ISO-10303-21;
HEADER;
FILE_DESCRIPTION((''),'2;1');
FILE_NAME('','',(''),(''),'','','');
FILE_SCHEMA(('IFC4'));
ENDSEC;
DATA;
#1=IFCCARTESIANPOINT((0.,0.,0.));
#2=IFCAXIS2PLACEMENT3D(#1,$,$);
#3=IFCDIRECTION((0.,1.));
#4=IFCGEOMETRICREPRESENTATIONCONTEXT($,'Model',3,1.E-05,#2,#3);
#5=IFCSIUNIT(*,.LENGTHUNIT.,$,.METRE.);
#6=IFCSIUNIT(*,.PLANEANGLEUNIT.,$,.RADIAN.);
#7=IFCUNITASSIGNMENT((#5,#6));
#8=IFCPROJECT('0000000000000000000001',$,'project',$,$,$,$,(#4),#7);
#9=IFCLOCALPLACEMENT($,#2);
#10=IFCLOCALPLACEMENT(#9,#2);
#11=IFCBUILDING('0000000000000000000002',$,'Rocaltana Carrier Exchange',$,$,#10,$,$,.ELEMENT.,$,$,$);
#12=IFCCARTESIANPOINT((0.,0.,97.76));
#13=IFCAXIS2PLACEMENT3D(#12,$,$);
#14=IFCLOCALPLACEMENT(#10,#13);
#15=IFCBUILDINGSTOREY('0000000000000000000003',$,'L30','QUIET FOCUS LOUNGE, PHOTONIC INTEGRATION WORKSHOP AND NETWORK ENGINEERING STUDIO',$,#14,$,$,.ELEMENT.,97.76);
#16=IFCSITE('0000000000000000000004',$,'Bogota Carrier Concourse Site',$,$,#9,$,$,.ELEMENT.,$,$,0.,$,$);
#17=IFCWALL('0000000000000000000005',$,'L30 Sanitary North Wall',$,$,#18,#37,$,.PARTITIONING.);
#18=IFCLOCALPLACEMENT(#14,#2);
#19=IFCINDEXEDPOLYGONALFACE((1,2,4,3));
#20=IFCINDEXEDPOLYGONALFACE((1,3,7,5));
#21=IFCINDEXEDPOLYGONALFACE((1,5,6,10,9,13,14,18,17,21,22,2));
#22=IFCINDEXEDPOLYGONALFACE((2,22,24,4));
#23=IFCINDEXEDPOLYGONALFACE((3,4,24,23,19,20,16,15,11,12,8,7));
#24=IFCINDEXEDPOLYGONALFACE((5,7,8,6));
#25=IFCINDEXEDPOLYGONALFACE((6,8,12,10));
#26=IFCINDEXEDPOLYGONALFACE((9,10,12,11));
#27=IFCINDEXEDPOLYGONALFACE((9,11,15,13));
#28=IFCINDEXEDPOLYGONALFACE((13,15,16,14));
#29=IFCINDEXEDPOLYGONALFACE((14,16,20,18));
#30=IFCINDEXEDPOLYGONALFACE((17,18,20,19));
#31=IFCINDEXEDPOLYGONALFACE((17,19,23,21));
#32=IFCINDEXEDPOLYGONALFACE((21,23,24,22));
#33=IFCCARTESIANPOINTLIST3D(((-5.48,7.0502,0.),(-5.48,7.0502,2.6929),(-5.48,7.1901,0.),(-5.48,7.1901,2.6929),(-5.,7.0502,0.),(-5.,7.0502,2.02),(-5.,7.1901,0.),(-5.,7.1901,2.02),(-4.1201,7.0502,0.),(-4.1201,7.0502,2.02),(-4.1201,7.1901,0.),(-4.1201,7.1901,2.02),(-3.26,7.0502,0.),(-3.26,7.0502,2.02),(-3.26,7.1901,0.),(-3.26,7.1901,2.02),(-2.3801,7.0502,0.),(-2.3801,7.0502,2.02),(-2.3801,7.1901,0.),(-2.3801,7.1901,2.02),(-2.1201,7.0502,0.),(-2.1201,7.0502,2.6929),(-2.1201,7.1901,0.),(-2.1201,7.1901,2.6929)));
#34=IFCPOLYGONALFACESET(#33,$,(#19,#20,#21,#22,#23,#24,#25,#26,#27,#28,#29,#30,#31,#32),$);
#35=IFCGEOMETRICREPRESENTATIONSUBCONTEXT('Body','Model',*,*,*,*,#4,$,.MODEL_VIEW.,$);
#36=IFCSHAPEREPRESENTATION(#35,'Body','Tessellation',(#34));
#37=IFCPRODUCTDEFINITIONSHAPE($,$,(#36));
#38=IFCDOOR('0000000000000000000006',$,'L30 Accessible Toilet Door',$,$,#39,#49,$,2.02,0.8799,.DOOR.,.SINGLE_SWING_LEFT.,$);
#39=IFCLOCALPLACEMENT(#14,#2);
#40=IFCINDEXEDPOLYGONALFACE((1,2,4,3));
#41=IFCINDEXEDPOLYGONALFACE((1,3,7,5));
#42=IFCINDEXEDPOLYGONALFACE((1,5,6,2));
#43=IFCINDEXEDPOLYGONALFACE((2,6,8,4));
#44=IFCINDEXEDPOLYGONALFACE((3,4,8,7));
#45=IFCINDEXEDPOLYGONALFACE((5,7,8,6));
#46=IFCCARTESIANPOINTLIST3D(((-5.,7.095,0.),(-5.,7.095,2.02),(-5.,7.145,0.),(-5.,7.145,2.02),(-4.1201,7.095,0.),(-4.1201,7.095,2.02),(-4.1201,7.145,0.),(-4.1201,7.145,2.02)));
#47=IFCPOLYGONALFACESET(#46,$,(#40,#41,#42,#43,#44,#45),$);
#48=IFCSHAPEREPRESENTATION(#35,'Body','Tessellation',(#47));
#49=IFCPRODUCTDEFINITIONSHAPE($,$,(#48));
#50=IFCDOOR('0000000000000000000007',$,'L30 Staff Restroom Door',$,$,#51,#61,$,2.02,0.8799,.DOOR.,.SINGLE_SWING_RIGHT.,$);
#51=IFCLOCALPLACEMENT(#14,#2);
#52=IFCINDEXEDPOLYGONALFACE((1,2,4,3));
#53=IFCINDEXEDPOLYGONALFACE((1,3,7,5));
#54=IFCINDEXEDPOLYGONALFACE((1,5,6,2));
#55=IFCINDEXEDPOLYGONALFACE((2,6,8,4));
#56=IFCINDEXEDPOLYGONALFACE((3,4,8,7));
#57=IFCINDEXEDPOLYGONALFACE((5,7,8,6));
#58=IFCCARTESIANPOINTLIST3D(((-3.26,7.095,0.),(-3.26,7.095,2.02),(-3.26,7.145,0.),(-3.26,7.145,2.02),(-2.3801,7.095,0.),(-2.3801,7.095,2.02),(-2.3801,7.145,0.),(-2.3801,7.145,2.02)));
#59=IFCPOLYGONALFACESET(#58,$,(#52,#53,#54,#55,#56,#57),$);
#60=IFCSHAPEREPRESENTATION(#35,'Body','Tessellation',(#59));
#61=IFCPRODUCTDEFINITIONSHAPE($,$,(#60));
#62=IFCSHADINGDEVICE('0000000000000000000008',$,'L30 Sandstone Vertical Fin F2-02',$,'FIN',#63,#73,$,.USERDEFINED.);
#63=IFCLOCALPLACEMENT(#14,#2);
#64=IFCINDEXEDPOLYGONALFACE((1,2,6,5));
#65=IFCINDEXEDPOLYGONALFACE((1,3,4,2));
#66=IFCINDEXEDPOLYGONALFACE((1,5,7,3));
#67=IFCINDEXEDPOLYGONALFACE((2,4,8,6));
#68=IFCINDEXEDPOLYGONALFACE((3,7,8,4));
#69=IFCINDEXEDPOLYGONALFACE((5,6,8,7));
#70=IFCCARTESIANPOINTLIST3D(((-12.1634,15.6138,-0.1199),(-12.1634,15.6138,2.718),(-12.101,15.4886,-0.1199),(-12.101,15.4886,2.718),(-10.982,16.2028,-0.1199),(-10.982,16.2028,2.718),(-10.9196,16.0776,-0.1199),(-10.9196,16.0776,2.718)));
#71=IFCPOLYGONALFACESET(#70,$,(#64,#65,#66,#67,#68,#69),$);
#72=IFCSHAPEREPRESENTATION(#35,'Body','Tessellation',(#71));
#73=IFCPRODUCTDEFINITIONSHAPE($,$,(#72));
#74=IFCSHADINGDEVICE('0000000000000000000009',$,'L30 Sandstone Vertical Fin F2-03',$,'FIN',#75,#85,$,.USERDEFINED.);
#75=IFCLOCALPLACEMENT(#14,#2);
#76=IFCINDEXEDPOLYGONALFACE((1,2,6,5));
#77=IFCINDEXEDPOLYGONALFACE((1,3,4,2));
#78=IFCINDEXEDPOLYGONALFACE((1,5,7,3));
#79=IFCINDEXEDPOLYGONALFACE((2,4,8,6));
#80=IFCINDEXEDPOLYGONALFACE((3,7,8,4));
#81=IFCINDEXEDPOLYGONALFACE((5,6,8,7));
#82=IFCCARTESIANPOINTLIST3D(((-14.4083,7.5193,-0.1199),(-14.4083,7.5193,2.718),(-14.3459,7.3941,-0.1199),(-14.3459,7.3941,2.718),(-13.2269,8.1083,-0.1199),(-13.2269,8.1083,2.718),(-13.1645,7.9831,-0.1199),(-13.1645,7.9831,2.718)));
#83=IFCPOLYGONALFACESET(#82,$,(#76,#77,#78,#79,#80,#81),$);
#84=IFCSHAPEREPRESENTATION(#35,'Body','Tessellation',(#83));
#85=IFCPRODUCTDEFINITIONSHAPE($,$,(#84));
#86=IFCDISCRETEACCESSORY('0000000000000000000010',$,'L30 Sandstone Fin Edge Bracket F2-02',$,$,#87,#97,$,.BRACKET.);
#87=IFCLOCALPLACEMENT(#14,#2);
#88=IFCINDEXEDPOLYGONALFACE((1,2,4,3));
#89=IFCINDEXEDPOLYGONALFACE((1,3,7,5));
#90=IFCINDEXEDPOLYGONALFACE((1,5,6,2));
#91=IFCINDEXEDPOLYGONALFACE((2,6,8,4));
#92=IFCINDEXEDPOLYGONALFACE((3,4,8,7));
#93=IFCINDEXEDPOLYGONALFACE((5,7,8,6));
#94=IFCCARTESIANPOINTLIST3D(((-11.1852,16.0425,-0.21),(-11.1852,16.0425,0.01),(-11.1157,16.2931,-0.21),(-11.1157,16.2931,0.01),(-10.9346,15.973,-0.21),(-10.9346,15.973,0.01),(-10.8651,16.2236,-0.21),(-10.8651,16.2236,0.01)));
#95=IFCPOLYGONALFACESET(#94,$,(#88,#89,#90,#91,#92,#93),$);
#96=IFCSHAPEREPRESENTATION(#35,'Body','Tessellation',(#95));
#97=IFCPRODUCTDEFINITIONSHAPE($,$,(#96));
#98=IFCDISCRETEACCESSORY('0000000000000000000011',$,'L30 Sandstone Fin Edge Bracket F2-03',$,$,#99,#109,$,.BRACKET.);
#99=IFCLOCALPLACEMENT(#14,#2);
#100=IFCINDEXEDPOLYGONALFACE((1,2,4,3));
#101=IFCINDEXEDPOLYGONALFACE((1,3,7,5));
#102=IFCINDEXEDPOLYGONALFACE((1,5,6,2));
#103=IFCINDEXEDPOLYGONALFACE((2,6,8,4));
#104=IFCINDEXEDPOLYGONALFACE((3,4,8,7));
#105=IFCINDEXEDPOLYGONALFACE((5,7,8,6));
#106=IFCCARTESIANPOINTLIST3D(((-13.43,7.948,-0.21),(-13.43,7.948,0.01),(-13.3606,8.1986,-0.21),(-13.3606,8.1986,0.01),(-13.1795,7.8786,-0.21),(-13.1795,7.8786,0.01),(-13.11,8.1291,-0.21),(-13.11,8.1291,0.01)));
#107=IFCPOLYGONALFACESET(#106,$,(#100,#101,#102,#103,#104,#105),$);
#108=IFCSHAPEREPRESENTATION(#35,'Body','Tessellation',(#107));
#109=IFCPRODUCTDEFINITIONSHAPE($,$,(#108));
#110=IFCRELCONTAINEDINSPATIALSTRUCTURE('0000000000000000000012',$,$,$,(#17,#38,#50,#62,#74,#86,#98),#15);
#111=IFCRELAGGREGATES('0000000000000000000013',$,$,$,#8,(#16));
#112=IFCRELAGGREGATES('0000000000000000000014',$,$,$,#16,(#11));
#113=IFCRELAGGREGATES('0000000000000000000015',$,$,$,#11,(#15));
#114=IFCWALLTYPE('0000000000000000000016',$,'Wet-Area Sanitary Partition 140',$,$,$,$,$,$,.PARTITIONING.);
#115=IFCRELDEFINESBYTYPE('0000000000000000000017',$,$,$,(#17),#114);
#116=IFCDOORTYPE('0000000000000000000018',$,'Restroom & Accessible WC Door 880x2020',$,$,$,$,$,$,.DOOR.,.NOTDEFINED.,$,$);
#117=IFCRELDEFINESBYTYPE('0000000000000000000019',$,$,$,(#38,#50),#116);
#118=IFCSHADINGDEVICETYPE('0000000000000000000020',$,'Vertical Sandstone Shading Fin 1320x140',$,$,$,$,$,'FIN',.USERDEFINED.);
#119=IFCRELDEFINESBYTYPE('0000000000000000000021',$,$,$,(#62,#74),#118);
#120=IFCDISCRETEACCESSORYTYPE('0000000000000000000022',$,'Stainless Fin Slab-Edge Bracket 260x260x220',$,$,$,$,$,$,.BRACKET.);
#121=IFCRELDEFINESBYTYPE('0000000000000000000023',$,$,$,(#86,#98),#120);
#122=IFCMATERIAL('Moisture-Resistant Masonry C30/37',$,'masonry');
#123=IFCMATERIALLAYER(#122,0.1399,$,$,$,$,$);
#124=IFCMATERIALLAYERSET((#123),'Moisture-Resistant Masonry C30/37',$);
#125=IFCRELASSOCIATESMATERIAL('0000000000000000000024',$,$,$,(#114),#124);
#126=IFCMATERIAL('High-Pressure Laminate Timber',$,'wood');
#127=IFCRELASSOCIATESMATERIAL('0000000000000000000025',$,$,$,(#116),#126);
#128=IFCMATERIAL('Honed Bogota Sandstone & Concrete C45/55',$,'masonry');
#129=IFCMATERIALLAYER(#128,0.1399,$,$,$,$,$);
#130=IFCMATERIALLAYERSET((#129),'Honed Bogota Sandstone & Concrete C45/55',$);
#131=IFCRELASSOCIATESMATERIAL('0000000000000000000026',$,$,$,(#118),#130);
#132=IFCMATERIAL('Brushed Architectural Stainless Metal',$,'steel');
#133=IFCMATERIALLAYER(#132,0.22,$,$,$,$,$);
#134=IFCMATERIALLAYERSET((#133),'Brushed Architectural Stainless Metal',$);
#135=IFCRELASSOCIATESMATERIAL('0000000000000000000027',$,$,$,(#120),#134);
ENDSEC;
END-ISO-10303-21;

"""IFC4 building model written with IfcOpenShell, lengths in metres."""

from ifc_helpers import new_model, si_unit, direction, frame, frame_2d, origin, origin_2d, place, context, subcontext, project, spatial, rectangle, extrude, material, layer, layer_set, type_object, element, fill, save


model = new_model("IFC4")

# Units and contexts
model_context = context("Model", 3, precision=1e-05, world=origin(), true_north=direction((0.0, 1.0)))
body_context = subcontext(model_context, "Body", "Model", "MODEL_VIEW")
ifc_project = project(units=[si_unit("LENGTHUNIT", "METRE"), si_unit("PLANEANGLEUNIT", "RADIAN")], contexts=[model_context])

# Site, building, storey
site_placement = place(None, origin())
site = spatial("IfcSite", under=ifc_project, at=site_placement, Name="Bogota Carrier Concourse Site", CompositionType="ELEMENT", RefElevation=0.0)
building_placement = place(site_placement, origin())
building = spatial("IfcBuilding", under=site, at=building_placement, Name="Rocaltana Carrier Exchange", CompositionType="ELEMENT")
storey_placement = place(building_placement, frame((0.0, 0.0, 97.76)))
storey = spatial("IfcBuildingStorey", under=building, at=storey_placement, Name="L30", Description="QUIET FOCUS LOUNGE, PHOTONIC INTEGRATION WORKSHOP AND NETWORK ENGINEERING STUDIO", CompositionType="ELEMENT", Elevation=97.76)

# Wall, openings, doors
ifc_material_1 = material(Name="Moisture-Resistant Masonry C30/37", Category="masonry")
ifc_layer_1 = layer(ifc_material_1, 0.1399)
ifc_layer_set_1 = layer_set([ifc_layer_1], Name="Moisture-Resistant Masonry C30/37")
wall_type_1 = type_object("IfcWallType", Name="Wet-Area Sanitary Partition 140", PredefinedType="PARTITIONING", material=ifc_layer_set_1)
wall_1_placement = place(storey_placement, frame((-5.48, 7.1201, 0.0), z_axis=(0.0, 0.0, 1.0), x_axis=(1.0, 0.0, 0.0)))
wall_1 = element("IfcWall", 1, at=wall_1_placement, inside=storey, type_object=wall_type_1, Name="L30 Sanitary North Wall", PredefinedType="PARTITIONING", context=body_context, shape_type="SweptSolid", body=[
    extrude(rectangle(XDim=3.3599, YDim=0.1399, at=frame_2d((1.6799, 0.0))), origin(), (0.0, 0.0, 1.0), 2.6929),
])
opening_1_placement = place(wall_1_placement, frame((0.48, 0.0, 0.0)))
opening_1 = element("IfcOpeningElement", 2, at=opening_1_placement, cuts=wall_1, PredefinedType="OPENING", context=body_context, shape_type="SweptSolid", body=[
    extrude(rectangle(XDim=0.8799, YDim=2.02, at=frame_2d((0.4399, 1.01))), frame((0.0, 0.0798, 0.0), z_axis=(0.0, -1.0, 0.0), x_axis=(1.0, 0.0, 0.0)), (0.0, 0.0, 1.0), 0.1599),
])
opening_2_placement = place(wall_1_placement, frame((2.22, 0.0, 0.0)))
opening_2 = element("IfcOpeningElement", 3, at=opening_2_placement, cuts=wall_1, PredefinedType="OPENING", context=body_context, shape_type="SweptSolid", body=[
    extrude(rectangle(XDim=0.8799, YDim=2.02, at=frame_2d((0.4399, 1.01))), frame((0.0, 0.0798, 0.0), z_axis=(0.0, -1.0, 0.0), x_axis=(1.0, 0.0, 0.0)), (0.0, 0.0, 1.0), 0.1599),
])
ifc_material_2 = material(Name="High-Pressure Laminate Timber", Category="wood")
door_type_1 = type_object("IfcDoorType", Name="Restroom & Accessible WC Door 880x2020", OperationType="NOTDEFINED", PredefinedType="DOOR", material=ifc_material_2)
door_1_placement = place(opening_1_placement, origin())
door_1 = element("IfcDoor", 4, at=door_1_placement, inside=storey, type_object=door_type_1, Name="L30 Accessible Toilet Door", OperationType="SINGLE_SWING_LEFT", OverallHeight=2.02, OverallWidth=0.8799, PredefinedType="DOOR", context=body_context, shape_type="SweptSolid", body=[
    extrude(rectangle(XDim=0.8799, YDim=2.02, at=frame_2d((0.4399, 1.01))), frame((0.0, 0.0249, 0.0), z_axis=(0.0, -1.0, 0.0), x_axis=(1.0, 0.0, 0.0)), (0.0, 0.0, 1.0), 0.05),
])
fill(opening_1, door_1)
door_2_placement = place(opening_2_placement, origin())
door_2 = element("IfcDoor", 5, at=door_2_placement, inside=storey, type_object=door_type_1, Name="L30 Staff Restroom Door", OperationType="SINGLE_SWING_RIGHT", OverallHeight=2.02, OverallWidth=0.8799, PredefinedType="DOOR", context=body_context, shape_type="SweptSolid", body=[
    extrude(rectangle(XDim=0.8799, YDim=2.02, at=frame_2d((0.4399, 1.01))), frame((0.0, 0.0249, 0.0), z_axis=(0.0, -1.0, 0.0), x_axis=(1.0, 0.0, 0.0)), (0.0, 0.0, 1.0), 0.05),
])
fill(opening_2, door_2)

# Shading devices
ifc_material_3 = material(Name="Honed Bogota Sandstone & Concrete C45/55", Category="masonry")
ifc_layer_2 = layer(ifc_material_3, 0.1399)
ifc_layer_set_2 = layer_set([ifc_layer_2], Name="Honed Bogota Sandstone & Concrete C45/55")
shading_device_type = type_object("IfcShadingDeviceType", Name="Vertical Sandstone Shading Fin 1320x140", ElementType="FIN", PredefinedType="USERDEFINED", material=ifc_layer_set_2)
for number, where, z_axis, x_axis, name in (
    (6, (-11.5415, 15.8457, -0.1199), (0.0, 0.0, 1.0), (-0.894934, -0.446198, 0.0), "L30 Sandstone Vertical Fin F2-02"),
    (7, (-13.7864, 7.7512, -0.1199), (0.0, 0.0, 1.0), (-0.894934, -0.446198, 0.0), "L30 Sandstone Vertical Fin F2-03"),
):
    element("IfcShadingDevice", number, at=place(storey_placement, frame(where, z_axis=z_axis, x_axis=x_axis)), inside=storey, type_object=shading_device_type, Name=name, ObjectType="FIN", PredefinedType="USERDEFINED", context=body_context, shape_type="SweptSolid", body=[
        extrude(rectangle(XDim=1.3201, YDim=0.1399, at=origin_2d()), origin(), (0.0, 0.0, 1.0), 2.8379),
    ])

# Discrete accessories
ifc_material_4 = material(Name="Brushed Architectural Stainless Metal", Category="steel")
ifc_layer_3 = layer(ifc_material_4, 0.22)
ifc_layer_set_3 = layer_set([ifc_layer_3], Name="Brushed Architectural Stainless Metal")
discrete_accessory_type = type_object("IfcDiscreteAccessoryType", Name="Stainless Fin Slab-Edge Bracket 260x260x220", PredefinedType="BRACKET", material=ifc_layer_set_3)
for number, where, z_axis, x_axis, name in (
    (8, (-11.0251, 16.1331, -0.21), (0.0, 0.0, 1.0), (-0.267238, -0.96363, 0.0), "L30 Sandstone Fin Edge Bracket F2-02"),
    (9, (-13.27, 8.0386, -0.21), (0.0, 0.0, 1.0), (-0.267238, -0.96363, 0.0), "L30 Sandstone Fin Edge Bracket F2-03"),
):
    element("IfcDiscreteAccessory", number, at=place(storey_placement, frame(where, z_axis=z_axis, x_axis=x_axis)), inside=storey, type_object=discrete_accessory_type, Name=name, PredefinedType="BRACKET", context=body_context, shape_type="SweptSolid", body=[
        extrude(rectangle(XDim=0.26, YDim=0.26, at=origin_2d()), origin(), (0.0, 0.0, 1.0), 0.22),
    ])

save(model, "model.ifc")
